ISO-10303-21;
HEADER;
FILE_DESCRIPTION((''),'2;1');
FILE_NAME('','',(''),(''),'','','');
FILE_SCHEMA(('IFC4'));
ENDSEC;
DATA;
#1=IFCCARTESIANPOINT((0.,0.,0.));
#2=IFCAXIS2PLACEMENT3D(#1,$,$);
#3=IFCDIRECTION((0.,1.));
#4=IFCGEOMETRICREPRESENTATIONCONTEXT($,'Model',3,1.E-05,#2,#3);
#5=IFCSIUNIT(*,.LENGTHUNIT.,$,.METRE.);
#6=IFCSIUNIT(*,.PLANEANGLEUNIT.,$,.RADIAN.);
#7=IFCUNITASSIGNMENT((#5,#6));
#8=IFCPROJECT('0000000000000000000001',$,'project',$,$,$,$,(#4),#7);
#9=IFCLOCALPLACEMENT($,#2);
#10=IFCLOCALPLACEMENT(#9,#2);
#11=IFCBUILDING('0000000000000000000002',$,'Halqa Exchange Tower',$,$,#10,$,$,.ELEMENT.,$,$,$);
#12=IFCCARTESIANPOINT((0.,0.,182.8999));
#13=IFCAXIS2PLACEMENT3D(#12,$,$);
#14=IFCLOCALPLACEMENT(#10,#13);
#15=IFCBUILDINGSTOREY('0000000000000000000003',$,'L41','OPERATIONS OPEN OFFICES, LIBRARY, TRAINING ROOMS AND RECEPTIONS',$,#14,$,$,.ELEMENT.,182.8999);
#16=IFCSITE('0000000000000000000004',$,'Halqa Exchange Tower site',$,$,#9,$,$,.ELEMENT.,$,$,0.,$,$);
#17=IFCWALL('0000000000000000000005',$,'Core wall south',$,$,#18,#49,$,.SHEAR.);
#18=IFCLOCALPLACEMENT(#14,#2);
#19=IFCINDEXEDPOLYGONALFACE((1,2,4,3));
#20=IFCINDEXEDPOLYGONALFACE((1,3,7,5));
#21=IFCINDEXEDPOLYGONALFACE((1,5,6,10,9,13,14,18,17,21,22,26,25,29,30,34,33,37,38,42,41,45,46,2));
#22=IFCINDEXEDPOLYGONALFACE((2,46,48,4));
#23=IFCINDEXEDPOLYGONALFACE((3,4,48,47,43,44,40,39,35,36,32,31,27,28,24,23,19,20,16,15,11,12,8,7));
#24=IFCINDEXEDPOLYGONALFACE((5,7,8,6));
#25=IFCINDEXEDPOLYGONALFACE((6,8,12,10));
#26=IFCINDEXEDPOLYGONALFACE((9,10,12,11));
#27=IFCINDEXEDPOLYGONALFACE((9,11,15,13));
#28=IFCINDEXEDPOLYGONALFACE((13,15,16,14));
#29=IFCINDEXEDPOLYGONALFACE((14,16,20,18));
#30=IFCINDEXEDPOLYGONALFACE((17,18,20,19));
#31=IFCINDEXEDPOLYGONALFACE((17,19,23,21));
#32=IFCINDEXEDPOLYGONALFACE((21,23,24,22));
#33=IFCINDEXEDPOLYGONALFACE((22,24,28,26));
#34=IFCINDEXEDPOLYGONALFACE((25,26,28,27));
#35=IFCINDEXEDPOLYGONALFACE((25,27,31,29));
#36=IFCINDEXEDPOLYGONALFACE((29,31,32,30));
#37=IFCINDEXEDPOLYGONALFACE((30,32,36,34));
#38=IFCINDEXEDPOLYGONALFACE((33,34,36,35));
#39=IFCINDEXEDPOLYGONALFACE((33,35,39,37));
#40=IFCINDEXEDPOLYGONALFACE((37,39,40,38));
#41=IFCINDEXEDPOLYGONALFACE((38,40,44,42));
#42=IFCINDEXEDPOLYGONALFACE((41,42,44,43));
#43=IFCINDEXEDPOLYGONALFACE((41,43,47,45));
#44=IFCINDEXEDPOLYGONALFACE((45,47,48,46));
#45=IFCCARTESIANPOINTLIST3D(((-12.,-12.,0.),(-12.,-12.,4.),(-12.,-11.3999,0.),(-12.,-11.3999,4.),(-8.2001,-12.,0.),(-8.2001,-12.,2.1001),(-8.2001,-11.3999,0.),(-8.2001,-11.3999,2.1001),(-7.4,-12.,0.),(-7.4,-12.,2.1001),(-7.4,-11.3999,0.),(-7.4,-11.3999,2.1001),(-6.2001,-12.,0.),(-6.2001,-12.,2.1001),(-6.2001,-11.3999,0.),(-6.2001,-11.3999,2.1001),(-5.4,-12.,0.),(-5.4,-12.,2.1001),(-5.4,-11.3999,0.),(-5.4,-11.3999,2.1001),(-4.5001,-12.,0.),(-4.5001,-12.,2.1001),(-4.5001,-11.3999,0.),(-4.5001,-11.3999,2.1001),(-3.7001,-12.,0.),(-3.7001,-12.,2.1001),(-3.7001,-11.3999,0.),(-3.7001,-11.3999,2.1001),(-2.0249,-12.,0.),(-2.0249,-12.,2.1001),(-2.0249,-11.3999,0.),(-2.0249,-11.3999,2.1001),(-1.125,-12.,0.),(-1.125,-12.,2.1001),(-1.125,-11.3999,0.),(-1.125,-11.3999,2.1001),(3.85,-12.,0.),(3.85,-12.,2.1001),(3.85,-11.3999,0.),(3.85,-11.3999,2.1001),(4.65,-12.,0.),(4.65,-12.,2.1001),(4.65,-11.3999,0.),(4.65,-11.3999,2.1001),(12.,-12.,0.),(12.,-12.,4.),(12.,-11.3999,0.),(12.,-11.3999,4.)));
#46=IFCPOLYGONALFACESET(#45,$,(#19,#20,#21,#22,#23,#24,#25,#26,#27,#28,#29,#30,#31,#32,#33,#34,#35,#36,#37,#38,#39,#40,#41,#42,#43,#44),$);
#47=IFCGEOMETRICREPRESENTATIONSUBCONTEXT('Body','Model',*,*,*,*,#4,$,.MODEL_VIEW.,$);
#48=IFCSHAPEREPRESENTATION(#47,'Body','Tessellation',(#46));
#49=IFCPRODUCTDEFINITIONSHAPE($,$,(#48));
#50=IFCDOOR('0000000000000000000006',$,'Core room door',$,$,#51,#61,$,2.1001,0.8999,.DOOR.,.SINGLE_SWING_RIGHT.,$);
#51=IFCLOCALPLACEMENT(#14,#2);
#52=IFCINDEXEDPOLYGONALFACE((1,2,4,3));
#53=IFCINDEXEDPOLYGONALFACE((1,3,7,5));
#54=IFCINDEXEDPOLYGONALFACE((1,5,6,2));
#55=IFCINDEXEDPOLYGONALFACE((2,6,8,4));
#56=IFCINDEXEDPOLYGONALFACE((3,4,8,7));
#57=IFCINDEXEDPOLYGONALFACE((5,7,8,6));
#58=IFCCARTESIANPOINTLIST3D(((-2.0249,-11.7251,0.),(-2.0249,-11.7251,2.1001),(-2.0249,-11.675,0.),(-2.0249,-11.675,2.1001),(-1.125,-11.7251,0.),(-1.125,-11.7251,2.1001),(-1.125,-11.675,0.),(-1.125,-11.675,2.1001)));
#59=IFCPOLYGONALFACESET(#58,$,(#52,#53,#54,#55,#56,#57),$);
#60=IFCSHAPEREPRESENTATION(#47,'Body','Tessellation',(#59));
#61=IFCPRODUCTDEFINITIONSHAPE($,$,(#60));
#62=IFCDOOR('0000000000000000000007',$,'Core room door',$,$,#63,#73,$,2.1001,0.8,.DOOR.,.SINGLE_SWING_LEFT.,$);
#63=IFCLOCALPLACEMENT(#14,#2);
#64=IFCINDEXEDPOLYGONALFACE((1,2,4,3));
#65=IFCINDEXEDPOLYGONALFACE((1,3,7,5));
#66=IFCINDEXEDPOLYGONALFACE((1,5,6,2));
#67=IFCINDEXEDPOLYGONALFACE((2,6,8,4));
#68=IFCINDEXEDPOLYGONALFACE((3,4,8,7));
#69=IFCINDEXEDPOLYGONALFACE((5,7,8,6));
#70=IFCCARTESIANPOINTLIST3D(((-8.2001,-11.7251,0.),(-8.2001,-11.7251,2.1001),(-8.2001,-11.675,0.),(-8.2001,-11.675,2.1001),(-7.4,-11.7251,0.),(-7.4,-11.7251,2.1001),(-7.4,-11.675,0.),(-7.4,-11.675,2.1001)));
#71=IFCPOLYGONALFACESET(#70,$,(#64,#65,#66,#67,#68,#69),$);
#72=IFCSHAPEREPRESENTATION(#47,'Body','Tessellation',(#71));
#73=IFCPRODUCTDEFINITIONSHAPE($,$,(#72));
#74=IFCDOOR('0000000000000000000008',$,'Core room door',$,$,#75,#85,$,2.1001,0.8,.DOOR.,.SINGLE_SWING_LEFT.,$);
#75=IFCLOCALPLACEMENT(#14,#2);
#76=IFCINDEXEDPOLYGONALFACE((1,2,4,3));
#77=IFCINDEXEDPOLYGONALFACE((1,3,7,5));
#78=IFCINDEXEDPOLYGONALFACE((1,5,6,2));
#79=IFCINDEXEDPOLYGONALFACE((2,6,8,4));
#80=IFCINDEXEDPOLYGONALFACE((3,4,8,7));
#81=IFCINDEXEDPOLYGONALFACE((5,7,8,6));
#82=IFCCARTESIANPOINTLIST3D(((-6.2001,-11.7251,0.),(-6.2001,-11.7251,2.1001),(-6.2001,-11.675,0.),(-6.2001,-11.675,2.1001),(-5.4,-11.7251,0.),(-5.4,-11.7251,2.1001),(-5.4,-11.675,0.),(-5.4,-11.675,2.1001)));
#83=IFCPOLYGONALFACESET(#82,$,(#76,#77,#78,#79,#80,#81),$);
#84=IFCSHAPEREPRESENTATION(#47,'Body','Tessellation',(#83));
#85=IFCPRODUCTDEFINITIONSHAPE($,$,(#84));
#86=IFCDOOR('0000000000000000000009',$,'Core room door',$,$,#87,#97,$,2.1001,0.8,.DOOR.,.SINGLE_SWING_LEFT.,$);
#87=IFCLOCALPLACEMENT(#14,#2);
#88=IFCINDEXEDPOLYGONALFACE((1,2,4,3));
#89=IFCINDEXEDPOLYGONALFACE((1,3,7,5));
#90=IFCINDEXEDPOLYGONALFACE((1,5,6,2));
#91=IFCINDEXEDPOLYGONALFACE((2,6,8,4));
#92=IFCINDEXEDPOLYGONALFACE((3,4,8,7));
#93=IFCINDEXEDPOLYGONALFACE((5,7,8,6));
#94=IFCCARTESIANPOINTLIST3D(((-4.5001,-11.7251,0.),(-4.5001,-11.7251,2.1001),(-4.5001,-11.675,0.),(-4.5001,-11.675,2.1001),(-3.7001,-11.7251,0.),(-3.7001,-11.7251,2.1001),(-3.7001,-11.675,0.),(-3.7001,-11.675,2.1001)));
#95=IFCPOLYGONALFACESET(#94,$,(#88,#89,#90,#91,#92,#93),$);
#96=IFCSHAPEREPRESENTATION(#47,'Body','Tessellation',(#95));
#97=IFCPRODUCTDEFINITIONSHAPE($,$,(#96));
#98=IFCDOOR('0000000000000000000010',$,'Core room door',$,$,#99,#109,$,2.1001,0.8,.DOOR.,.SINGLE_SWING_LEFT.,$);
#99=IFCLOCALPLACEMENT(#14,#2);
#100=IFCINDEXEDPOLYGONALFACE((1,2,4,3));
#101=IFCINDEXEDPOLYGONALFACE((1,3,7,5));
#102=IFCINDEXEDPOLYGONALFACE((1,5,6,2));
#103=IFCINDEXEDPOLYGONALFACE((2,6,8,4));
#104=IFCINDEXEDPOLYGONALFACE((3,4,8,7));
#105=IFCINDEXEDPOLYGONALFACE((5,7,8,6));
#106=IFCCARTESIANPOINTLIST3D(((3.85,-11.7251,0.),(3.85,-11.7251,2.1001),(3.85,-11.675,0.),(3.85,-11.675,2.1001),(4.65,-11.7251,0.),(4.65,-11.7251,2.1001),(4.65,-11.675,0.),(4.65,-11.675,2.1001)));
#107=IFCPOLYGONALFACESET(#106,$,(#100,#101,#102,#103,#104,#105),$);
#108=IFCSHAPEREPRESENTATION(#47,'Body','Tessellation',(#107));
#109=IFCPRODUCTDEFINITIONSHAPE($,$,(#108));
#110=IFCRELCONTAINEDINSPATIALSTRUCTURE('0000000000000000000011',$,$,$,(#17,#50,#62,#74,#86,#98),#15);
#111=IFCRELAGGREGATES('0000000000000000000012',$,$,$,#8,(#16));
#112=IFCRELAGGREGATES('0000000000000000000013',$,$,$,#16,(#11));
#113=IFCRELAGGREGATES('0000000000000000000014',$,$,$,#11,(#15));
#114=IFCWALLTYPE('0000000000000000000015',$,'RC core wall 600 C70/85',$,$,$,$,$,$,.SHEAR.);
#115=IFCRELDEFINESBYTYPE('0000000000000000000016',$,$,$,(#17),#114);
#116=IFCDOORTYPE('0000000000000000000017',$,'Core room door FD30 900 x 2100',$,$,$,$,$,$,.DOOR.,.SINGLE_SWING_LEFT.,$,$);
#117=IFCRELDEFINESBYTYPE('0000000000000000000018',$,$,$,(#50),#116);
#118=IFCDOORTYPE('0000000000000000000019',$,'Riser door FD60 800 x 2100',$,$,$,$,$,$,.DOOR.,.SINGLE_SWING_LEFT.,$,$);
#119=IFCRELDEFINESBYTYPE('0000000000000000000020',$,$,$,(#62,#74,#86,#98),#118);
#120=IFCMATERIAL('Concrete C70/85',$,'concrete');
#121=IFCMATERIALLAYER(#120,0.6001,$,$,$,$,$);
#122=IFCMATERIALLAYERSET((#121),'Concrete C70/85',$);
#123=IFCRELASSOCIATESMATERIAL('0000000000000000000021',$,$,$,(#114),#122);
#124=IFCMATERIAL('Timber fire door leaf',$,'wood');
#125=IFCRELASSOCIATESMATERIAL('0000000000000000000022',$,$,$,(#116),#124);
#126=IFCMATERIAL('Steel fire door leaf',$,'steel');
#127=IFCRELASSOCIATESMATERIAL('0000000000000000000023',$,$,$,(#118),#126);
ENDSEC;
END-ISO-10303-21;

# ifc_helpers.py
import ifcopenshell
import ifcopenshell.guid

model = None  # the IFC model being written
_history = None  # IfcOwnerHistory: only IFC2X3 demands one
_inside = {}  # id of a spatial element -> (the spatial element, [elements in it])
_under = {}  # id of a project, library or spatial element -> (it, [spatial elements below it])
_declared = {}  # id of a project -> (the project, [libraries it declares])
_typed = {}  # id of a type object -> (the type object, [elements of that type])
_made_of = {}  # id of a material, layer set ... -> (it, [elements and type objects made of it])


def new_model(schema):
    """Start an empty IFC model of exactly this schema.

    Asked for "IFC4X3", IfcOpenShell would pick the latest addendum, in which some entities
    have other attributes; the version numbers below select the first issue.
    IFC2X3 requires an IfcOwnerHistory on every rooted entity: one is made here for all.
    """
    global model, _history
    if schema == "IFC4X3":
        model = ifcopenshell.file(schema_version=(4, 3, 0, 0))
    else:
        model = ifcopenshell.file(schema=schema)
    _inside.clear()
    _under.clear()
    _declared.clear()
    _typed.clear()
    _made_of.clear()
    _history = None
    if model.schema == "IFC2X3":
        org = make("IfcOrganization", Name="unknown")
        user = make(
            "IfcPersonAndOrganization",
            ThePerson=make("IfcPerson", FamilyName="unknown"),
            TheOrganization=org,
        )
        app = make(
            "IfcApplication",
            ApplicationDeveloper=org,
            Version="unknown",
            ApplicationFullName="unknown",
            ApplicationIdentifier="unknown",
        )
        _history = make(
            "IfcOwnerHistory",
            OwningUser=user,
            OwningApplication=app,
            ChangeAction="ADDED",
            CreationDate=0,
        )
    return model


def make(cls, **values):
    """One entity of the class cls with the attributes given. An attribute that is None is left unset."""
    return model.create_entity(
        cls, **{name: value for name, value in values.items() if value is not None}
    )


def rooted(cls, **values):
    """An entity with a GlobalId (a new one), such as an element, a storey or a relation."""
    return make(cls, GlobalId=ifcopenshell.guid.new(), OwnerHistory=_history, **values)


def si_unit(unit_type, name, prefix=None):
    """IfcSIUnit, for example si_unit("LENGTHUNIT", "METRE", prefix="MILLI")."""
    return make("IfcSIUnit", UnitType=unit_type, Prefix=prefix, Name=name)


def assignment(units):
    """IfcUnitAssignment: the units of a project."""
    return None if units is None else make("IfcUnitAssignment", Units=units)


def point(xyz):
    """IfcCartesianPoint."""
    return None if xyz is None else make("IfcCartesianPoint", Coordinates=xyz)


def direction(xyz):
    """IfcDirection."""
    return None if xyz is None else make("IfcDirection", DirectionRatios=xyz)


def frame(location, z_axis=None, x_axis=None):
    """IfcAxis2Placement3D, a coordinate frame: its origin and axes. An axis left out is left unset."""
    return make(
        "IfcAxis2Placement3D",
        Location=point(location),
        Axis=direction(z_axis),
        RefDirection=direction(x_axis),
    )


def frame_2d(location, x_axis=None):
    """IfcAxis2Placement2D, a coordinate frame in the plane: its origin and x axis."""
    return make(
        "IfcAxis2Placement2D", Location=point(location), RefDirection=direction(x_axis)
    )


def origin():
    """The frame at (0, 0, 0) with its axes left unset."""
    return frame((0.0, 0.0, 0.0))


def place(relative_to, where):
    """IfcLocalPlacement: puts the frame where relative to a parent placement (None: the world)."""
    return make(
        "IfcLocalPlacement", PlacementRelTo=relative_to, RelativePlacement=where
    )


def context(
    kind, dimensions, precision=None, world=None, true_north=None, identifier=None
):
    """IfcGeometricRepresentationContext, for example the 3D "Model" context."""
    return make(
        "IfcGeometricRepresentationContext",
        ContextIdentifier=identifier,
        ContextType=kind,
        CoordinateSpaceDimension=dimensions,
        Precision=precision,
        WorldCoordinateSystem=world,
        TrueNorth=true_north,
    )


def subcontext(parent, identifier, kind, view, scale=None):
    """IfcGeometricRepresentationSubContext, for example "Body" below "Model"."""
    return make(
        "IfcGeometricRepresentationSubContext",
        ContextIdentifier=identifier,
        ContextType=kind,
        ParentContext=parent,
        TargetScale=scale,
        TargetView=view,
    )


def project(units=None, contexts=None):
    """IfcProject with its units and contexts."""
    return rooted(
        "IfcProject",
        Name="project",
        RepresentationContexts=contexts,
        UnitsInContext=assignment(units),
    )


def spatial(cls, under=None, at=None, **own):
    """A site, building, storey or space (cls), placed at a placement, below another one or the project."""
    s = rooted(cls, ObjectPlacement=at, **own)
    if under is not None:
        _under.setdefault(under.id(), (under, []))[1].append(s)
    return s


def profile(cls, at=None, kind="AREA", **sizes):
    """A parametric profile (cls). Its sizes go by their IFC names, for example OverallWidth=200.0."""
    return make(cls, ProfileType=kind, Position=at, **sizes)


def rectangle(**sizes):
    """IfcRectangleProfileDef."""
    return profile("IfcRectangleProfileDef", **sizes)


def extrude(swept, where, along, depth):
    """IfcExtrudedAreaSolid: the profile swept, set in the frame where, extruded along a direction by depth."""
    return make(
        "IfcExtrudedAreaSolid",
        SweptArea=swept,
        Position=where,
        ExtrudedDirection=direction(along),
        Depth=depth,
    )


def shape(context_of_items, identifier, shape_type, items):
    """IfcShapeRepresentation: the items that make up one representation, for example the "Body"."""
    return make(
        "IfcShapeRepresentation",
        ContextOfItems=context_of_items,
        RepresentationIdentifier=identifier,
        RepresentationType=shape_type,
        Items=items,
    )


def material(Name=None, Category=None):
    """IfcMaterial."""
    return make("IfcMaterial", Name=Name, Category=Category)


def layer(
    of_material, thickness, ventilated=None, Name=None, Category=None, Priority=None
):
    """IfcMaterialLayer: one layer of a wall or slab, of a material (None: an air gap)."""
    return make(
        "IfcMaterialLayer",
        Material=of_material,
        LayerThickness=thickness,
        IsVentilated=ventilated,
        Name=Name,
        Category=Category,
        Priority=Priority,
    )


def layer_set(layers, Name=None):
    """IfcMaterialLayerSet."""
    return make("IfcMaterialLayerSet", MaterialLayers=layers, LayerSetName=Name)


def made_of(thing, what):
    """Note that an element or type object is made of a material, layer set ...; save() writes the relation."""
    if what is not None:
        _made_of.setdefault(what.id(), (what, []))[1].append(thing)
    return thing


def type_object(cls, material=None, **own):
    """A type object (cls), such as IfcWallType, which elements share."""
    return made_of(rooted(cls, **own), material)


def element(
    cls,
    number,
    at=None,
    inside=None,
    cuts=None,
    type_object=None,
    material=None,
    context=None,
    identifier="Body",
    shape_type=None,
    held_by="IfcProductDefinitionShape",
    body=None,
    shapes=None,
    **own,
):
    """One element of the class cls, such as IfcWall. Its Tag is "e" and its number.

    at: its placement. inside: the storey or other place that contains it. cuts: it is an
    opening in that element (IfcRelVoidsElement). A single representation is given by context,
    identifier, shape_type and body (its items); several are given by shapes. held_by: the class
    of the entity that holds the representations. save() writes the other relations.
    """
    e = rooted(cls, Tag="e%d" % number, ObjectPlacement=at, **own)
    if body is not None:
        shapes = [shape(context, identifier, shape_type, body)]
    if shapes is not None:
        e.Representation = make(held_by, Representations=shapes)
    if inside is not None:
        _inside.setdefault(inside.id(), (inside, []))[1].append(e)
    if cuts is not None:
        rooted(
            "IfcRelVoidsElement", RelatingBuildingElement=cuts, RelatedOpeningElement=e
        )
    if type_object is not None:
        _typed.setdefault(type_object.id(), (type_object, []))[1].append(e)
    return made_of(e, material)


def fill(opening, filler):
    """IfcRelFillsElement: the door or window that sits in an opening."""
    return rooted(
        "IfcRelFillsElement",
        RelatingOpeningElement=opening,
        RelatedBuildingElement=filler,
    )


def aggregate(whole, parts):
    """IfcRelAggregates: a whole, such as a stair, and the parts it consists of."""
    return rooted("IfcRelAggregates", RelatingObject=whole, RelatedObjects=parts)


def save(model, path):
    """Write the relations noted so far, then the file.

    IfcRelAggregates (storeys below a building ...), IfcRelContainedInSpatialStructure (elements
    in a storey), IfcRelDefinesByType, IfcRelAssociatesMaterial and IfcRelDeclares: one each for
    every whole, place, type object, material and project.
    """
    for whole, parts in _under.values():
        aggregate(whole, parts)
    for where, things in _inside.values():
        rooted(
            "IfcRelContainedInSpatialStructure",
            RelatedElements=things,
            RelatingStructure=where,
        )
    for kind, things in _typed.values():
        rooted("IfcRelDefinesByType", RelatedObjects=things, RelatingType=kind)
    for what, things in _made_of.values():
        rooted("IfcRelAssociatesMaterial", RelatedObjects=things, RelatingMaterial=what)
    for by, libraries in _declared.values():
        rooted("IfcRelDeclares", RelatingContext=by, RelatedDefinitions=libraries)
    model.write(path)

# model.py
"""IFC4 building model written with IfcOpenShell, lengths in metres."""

from ifc_helpers import new_model, si_unit, direction, frame, frame_2d, origin, place, context, subcontext, project, spatial, rectangle, extrude, material, layer, layer_set, type_object, element, fill, save


model = new_model("IFC4")

# Units and contexts
model_context = context("Model", 3, precision=1e-05, world=origin(), true_north=direction((0.0, 1.0)))
body_context = subcontext(model_context, "Body", "Model", "MODEL_VIEW")
ifc_project = project(units=[si_unit("LENGTHUNIT", "METRE"), si_unit("PLANEANGLEUNIT", "RADIAN")], contexts=[model_context])

# Site, building, storey
site_placement = place(None, origin())
site = spatial("IfcSite", under=ifc_project, at=site_placement, Name="Halqa Exchange Tower site", CompositionType="ELEMENT", RefElevation=0.0)
building_placement = place(site_placement, origin())
building = spatial("IfcBuilding", under=site, at=building_placement, Name="Halqa Exchange Tower", CompositionType="ELEMENT")
storey_placement = place(building_placement, frame((0.0, 0.0, 182.8999)))
storey = spatial("IfcBuildingStorey", under=building, at=storey_placement, Name="L41", Description="OPERATIONS OPEN OFFICES, LIBRARY, TRAINING ROOMS AND RECEPTIONS", CompositionType="ELEMENT", Elevation=182.8999)

# Wall, openings, doors
ifc_material_1 = material(Name="Steel fire door leaf", Category="steel")
ifc_material_2 = material(Name="Concrete C70/85", Category="concrete")
ifc_layer_1 = layer(ifc_material_2, 0.6001)
ifc_layer_set_1 = layer_set([ifc_layer_1], Name="Concrete C70/85")
wall_type_1 = type_object("IfcWallType", Name="RC core wall 600 C70/85", PredefinedType="SHEAR", material=ifc_layer_set_1)
wall_1_placement = place(storey_placement, frame((-12.0, -11.7, 0.0), z_axis=(0.0, 0.0, 1.0), x_axis=(1.0, 0.0, 0.0)))
wall_1 = element("IfcWall", 1, at=wall_1_placement, inside=storey, type_object=wall_type_1, Name="Core wall south", PredefinedType="SHEAR", context=body_context, shape_type="SweptSolid", body=[
    extrude(rectangle(XDim=24.0, YDim=0.6001, at=frame_2d((12.0, 0.0))), origin(), (0.0, 0.0, 1.0), 4.0),
])
opening_1_placement = place(wall_1_placement, frame((9.9751, 0.0, 0.0)))
opening_1 = element("IfcOpeningElement", 2, at=opening_1_placement, cuts=wall_1, PredefinedType="OPENING", context=body_context, shape_type="SweptSolid", body=[
    extrude(rectangle(XDim=0.8999, YDim=2.1001, at=frame_2d((0.45, 1.05))), frame((0.0, 0.312, 0.0), z_axis=(0.0, -1.0, 0.0), x_axis=(1.0, 0.0, 0.0)), (0.0, 0.0, 1.0), 0.624),
])
opening_2_placement = place(wall_1_placement, frame((3.8, 0.0, 0.0)))
opening_2 = element("IfcOpeningElement", 3, at=opening_2_placement, cuts=wall_1, PredefinedType="OPENING", context=body_context, shape_type="SweptSolid", body=[
    extrude(rectangle(XDim=0.8, YDim=2.1001, at=frame_2d((0.3999, 1.05))), frame((0.0, 0.312, 0.0), z_axis=(0.0, -1.0, 0.0), x_axis=(1.0, 0.0, 0.0)), (0.0, 0.0, 1.0), 0.624),
])
opening_3_placement = place(wall_1_placement, frame((5.8, 0.0, 0.0)))
opening_3 = element("IfcOpeningElement", 4, at=opening_3_placement, cuts=wall_1, PredefinedType="OPENING", context=body_context, shape_type="SweptSolid", body=[
    extrude(rectangle(XDim=0.8, YDim=2.1001, at=frame_2d((0.3999, 1.05))), frame((0.0, 0.312, 0.0), z_axis=(0.0, -1.0, 0.0), x_axis=(1.0, 0.0, 0.0)), (0.0, 0.0, 1.0), 0.624),
])
opening_4_placement = place(wall_1_placement, frame((7.5, 0.0, 0.0)))
opening_4 = element("IfcOpeningElement", 5, at=opening_4_placement, cuts=wall_1, PredefinedType="OPENING", context=body_context, shape_type="SweptSolid", body=[
    extrude(rectangle(XDim=0.8, YDim=2.1001, at=frame_2d((0.3999, 1.05))), frame((0.0, 0.312, 0.0), z_axis=(0.0, -1.0, 0.0), x_axis=(1.0, 0.0, 0.0)), (0.0, 0.0, 1.0), 0.624),
])
opening_5_placement = place(wall_1_placement, frame((15.8501, 0.0, 0.0)))
opening_5 = element("IfcOpeningElement", 6, at=opening_5_placement, cuts=wall_1, PredefinedType="OPENING", context=body_context, shape_type="SweptSolid", body=[
    extrude(rectangle(XDim=0.8, YDim=2.1001, at=frame_2d((0.3999, 1.05))), frame((0.0, 0.312, 0.0), z_axis=(0.0, -1.0, 0.0), x_axis=(1.0, 0.0, 0.0)), (0.0, 0.0, 1.0), 0.624),
])
ifc_material_3 = material(Name="Timber fire door leaf", Category="wood")
door_type_1 = type_object("IfcDoorType", Name="Core room door FD30 900 x 2100", OperationType="SINGLE_SWING_LEFT", PredefinedType="DOOR", material=ifc_material_3)
door_1_placement = place(opening_1_placement, origin())
door_1 = element("IfcDoor", 7, at=door_1_placement, inside=storey, type_object=door_type_1, Name="Core room door", OperationType="SINGLE_SWING_RIGHT", OverallHeight=2.1001, OverallWidth=0.8999, PredefinedType="DOOR", context=body_context, shape_type="SweptSolid", body=[
    extrude(rectangle(XDim=0.8999, YDim=2.1001, at=frame_2d((0.45, 1.05))), frame((0.0, 0.0249, 0.0), z_axis=(0.0, -1.0, 0.0), x_axis=(1.0, 0.0, 0.0)), (0.0, 0.0, 1.0), 0.05),
])
fill(opening_1, door_1)
door_type_2 = type_object("IfcDoorType", Name="Riser door FD60 800 x 2100", OperationType="SINGLE_SWING_LEFT", PredefinedType="DOOR", material=ifc_material_1)
door_2_placement = place(opening_2_placement, origin())
door_2 = element("IfcDoor", 8, at=door_2_placement, inside=storey, type_object=door_type_2, Name="Core room door", OperationType="SINGLE_SWING_LEFT", OverallHeight=2.1001, OverallWidth=0.8, PredefinedType="DOOR", context=body_context, shape_type="SweptSolid", body=[
    extrude(rectangle(XDim=0.8, YDim=2.1001, at=frame_2d((0.3999, 1.05))), frame((0.0, 0.0249, 0.0), z_axis=(0.0, -1.0, 0.0), x_axis=(1.0, 0.0, 0.0)), (0.0, 0.0, 1.0), 0.05),
])
fill(opening_2, door_2)
door_3_placement = place(opening_3_placement, origin())
door_3 = element("IfcDoor", 9, at=door_3_placement, inside=storey, type_object=door_type_2, Name="Core room door", OperationType="SINGLE_SWING_LEFT", OverallHeight=2.1001, OverallWidth=0.8, PredefinedType="DOOR", context=body_context, shape_type="SweptSolid", body=[
    extrude(rectangle(XDim=0.8, YDim=2.1001, at=frame_2d((0.3999, 1.05))), frame((0.0, 0.0249, 0.0), z_axis=(0.0, -1.0, 0.0), x_axis=(1.0, 0.0, 0.0)), (0.0, 0.0, 1.0), 0.05),
])
fill(opening_3, door_3)
door_4_placement = place(opening_4_placement, origin())
door_4 = element("IfcDoor", 10, at=door_4_placement, inside=storey, type_object=door_type_2, Name="Core room door", OperationType="SINGLE_SWING_LEFT", OverallHeight=2.1001, OverallWidth=0.8, PredefinedType="DOOR", context=body_context, shape_type="SweptSolid", body=[
    extrude(rectangle(XDim=0.8, YDim=2.1001, at=frame_2d((0.3999, 1.05))), frame((0.0, 0.0249, 0.0), z_axis=(0.0, -1.0, 0.0), x_axis=(1.0, 0.0, 0.0)), (0.0, 0.0, 1.0), 0.05),
])
fill(opening_4, door_4)
door_5_placement = place(opening_5_placement, origin())
door_5 = element("IfcDoor", 11, at=door_5_placement, inside=storey, type_object=door_type_2, Name="Core room door", OperationType="SINGLE_SWING_LEFT", OverallHeight=2.1001, OverallWidth=0.8, PredefinedType="DOOR", context=body_context, shape_type="SweptSolid", body=[
    extrude(rectangle(XDim=0.8, YDim=2.1001, at=frame_2d((0.3999, 1.05))), frame((0.0, 0.0249, 0.0), z_axis=(0.0, -1.0, 0.0), x_axis=(1.0, 0.0, 0.0)), (0.0, 0.0, 1.0), 0.05),
])
fill(opening_5, door_5)

save(model, "model.ifc")
